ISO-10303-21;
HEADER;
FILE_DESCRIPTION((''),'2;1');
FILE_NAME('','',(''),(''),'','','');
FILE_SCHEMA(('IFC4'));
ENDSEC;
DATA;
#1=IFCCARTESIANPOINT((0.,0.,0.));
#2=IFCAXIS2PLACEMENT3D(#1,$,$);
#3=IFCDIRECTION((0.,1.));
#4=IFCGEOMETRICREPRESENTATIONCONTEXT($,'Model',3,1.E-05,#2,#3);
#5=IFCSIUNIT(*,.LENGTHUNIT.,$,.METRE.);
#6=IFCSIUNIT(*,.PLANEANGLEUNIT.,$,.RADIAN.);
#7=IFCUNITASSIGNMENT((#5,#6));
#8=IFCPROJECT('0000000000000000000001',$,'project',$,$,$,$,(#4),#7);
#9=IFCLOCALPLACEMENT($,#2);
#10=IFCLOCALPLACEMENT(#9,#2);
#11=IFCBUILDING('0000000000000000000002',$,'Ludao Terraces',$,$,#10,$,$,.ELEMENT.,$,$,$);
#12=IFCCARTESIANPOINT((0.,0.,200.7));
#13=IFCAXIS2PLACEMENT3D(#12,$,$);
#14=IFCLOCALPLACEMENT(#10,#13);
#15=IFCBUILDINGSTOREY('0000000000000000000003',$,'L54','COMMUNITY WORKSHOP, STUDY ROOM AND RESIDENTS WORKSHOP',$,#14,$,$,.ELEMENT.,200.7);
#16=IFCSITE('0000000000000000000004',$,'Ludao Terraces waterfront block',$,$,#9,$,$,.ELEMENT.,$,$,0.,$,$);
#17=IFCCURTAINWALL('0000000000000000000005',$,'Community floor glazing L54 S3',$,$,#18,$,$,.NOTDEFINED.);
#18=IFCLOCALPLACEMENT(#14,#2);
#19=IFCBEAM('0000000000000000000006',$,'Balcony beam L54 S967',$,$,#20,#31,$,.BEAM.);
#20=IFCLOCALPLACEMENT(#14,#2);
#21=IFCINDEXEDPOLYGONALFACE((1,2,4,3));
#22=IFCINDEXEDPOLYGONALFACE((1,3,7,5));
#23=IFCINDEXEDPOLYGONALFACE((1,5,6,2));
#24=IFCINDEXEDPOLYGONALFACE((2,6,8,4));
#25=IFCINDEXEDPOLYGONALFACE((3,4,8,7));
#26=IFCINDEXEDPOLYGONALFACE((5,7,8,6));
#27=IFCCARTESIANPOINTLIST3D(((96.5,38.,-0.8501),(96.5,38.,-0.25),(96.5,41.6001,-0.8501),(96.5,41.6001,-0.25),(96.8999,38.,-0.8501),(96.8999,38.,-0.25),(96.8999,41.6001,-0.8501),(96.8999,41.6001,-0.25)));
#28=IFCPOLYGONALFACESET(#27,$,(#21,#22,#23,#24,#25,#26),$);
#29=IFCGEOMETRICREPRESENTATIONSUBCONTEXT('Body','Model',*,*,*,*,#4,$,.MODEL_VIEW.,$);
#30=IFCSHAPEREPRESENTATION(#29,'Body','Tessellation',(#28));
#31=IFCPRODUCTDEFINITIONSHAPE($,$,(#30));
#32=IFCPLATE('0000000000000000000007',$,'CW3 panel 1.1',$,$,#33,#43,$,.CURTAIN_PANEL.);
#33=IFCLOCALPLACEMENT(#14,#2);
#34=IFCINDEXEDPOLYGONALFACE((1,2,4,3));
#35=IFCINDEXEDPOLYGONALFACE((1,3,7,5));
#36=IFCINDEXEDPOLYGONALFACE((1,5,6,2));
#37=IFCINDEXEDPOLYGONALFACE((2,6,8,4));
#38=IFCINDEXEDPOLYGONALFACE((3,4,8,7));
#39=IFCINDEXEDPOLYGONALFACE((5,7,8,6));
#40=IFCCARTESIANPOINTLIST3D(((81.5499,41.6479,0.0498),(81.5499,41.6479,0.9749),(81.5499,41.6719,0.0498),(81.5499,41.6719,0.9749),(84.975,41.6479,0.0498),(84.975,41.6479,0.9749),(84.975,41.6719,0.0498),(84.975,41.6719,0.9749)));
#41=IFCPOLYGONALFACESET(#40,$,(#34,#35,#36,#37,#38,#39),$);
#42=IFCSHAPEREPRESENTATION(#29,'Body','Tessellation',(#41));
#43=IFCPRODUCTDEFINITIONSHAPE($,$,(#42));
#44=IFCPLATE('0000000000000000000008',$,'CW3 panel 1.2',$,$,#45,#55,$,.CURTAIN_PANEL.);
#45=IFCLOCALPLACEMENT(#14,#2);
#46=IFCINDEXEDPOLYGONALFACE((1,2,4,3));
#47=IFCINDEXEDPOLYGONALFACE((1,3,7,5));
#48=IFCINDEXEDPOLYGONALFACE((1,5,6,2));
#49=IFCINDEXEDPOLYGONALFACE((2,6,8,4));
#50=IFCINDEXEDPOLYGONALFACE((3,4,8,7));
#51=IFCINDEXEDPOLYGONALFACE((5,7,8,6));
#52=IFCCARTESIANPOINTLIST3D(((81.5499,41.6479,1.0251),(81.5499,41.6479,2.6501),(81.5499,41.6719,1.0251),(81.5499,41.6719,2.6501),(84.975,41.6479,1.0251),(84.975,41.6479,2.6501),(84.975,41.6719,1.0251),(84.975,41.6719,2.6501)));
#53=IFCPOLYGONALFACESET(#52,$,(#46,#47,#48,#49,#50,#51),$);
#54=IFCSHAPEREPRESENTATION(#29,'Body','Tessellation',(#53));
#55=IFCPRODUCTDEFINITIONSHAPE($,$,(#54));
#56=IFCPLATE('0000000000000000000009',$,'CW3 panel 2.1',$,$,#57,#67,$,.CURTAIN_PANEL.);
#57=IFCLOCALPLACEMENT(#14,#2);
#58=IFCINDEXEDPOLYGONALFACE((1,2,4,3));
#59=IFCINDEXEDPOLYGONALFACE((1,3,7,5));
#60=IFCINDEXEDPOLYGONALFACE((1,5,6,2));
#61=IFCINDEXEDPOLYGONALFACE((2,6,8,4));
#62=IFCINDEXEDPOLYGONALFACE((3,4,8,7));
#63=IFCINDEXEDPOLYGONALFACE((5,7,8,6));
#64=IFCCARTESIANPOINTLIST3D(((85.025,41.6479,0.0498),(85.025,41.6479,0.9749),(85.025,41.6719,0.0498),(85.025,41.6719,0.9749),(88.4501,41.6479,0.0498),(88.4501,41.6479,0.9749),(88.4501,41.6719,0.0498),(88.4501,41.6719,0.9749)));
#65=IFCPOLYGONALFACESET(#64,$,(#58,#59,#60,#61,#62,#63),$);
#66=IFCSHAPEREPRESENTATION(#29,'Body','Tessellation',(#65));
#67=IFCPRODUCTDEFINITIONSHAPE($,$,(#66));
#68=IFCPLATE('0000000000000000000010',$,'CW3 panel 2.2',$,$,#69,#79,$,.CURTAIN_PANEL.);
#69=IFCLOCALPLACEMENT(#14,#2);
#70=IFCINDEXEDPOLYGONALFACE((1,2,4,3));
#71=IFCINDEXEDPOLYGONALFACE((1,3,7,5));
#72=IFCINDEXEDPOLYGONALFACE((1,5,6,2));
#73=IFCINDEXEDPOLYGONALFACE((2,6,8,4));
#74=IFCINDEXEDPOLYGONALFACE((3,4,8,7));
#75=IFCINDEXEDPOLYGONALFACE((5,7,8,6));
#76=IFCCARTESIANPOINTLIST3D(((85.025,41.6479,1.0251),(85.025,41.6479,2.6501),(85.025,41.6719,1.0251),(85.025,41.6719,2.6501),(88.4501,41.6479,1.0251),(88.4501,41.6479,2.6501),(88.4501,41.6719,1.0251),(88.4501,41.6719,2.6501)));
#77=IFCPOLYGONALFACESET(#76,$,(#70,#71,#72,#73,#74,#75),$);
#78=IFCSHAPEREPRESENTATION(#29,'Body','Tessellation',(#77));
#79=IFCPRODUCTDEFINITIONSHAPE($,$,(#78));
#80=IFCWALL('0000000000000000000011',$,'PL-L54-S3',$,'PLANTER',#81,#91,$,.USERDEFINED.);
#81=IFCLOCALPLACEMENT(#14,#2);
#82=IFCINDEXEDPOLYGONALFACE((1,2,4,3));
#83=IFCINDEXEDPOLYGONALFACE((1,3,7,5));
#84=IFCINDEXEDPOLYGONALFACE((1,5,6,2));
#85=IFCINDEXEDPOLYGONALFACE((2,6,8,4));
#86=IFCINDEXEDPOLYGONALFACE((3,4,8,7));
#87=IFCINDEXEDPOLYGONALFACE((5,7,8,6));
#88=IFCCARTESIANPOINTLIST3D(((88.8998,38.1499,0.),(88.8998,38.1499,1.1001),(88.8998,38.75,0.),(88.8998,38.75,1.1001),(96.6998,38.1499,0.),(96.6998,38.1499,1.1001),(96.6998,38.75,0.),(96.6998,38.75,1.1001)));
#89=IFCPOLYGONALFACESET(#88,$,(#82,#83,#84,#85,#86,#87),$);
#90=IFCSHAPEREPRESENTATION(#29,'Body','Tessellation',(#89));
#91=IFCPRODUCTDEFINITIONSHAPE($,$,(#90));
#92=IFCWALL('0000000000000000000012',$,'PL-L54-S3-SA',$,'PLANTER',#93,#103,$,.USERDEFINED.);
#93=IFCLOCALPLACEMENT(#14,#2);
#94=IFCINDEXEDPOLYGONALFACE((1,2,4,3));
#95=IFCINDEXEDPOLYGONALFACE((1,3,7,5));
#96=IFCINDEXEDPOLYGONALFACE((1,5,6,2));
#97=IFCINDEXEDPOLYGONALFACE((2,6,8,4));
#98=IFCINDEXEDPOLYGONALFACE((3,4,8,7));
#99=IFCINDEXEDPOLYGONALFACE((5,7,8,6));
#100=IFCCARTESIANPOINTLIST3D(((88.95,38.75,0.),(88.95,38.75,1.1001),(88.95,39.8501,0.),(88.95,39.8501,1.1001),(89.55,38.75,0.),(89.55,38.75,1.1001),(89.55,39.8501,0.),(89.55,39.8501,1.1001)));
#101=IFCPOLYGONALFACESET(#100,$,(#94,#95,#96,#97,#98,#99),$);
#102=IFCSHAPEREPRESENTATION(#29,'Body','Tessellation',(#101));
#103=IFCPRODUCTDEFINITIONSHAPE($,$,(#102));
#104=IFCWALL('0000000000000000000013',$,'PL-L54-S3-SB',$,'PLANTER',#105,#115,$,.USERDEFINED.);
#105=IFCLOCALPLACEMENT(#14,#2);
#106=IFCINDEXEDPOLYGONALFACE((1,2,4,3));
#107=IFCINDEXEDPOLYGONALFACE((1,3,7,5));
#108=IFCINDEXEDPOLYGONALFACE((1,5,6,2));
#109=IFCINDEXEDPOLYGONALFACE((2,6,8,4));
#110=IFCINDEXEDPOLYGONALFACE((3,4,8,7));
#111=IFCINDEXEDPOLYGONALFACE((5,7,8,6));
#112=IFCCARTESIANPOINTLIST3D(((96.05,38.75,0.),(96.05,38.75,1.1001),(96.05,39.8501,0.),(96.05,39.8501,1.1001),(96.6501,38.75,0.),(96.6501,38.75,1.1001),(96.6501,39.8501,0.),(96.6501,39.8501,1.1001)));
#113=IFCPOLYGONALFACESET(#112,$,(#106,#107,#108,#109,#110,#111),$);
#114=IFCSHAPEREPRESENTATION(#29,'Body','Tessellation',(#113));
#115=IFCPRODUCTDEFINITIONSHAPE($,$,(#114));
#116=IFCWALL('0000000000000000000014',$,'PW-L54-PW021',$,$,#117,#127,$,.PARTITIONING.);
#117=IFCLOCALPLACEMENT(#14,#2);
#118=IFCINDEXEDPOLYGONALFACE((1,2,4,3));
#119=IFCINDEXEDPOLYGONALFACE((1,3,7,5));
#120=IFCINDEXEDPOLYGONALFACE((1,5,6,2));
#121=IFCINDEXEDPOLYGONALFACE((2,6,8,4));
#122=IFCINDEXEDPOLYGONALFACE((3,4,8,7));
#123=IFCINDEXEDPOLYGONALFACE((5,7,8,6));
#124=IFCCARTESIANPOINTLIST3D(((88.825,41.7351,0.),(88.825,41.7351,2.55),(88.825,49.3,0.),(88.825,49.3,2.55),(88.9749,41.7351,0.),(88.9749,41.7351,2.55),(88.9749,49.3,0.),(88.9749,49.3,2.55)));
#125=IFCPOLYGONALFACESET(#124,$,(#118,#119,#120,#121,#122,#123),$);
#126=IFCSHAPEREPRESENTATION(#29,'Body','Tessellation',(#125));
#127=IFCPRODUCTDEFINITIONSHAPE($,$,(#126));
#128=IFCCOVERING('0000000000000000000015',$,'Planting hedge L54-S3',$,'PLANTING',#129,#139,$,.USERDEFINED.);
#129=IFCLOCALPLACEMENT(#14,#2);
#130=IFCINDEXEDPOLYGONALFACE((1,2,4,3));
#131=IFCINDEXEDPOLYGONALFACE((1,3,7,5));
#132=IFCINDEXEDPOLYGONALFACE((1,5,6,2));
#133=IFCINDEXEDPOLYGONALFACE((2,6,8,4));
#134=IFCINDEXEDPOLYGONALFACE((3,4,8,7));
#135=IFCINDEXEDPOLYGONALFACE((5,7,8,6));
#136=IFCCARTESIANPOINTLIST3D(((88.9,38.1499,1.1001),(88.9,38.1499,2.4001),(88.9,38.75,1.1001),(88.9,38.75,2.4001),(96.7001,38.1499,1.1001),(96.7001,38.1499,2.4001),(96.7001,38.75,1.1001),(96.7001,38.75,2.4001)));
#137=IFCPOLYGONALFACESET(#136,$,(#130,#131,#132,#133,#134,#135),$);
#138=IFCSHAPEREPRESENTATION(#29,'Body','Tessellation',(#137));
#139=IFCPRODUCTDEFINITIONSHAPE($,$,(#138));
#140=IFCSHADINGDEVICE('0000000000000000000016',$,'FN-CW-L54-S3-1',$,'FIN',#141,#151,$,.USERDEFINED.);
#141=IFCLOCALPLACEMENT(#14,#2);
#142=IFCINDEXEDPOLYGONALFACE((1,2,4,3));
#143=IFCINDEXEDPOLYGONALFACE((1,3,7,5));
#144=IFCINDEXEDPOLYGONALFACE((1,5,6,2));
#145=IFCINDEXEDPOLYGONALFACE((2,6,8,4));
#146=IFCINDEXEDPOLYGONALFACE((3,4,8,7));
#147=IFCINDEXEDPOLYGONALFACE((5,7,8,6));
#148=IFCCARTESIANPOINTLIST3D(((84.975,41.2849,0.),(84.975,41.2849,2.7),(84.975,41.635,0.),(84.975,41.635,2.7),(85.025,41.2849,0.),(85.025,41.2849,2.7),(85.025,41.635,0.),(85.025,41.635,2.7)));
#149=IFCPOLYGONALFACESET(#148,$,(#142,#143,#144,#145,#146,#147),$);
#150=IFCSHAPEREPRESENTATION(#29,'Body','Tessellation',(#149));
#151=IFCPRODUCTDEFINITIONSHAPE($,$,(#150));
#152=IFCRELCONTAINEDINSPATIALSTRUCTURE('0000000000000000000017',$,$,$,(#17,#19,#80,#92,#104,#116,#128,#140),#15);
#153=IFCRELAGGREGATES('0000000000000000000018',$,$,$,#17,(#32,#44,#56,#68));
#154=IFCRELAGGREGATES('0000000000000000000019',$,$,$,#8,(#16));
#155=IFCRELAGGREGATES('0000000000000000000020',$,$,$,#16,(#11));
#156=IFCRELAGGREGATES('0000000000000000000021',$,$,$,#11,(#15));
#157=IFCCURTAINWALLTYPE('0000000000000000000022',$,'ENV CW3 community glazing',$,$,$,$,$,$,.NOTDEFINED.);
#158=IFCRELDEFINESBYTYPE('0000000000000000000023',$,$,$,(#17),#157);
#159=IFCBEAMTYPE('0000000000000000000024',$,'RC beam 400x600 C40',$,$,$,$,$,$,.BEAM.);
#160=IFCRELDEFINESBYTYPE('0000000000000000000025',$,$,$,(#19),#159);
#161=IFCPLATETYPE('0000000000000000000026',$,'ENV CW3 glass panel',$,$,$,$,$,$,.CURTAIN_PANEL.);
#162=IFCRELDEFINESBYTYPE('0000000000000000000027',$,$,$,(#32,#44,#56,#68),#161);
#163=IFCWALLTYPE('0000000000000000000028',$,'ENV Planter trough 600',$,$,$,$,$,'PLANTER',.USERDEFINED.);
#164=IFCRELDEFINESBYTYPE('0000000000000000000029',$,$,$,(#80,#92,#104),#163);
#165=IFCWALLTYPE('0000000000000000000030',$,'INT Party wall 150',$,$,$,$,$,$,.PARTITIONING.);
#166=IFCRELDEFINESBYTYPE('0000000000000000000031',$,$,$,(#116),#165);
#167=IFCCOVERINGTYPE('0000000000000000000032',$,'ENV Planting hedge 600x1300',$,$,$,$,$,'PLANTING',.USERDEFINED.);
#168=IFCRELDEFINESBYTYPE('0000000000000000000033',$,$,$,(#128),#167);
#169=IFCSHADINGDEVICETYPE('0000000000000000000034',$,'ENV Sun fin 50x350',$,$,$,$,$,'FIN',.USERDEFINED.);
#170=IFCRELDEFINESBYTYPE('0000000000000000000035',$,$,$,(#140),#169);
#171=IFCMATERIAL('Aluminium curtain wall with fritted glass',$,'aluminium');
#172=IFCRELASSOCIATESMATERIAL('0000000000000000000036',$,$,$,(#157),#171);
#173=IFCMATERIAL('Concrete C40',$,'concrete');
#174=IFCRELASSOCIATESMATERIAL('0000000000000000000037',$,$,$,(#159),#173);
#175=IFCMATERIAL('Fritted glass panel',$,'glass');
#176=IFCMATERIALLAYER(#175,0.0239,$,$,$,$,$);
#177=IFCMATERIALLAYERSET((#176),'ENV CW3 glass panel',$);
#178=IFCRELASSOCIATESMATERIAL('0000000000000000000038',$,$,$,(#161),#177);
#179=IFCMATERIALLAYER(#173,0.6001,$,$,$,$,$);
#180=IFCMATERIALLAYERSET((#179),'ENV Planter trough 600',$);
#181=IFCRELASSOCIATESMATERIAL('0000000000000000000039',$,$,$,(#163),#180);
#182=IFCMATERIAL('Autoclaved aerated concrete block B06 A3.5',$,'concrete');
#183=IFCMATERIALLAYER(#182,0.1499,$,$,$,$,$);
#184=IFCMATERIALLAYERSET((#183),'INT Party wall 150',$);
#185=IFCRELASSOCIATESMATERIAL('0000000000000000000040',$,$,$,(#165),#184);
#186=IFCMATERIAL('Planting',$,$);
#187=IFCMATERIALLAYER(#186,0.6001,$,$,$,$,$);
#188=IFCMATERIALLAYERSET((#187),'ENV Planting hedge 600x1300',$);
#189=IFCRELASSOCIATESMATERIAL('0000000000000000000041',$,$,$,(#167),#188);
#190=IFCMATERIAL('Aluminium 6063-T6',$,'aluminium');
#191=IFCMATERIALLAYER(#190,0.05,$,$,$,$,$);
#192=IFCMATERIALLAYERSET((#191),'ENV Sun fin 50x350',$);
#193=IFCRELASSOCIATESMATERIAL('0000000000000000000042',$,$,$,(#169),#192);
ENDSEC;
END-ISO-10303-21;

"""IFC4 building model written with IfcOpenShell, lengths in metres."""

from ifc_helpers import new_model, si_unit, direction, frame, frame_2d, origin, origin_2d, place, context, subcontext, project, spatial, rectangle, extrude, material, layer, layer_set, material_profile, profile_set, type_object, element, aggregate, save


model = new_model("IFC4")

# Units and contexts
model_context = context("Model", 3, precision=1e-05, world=origin(), true_north=direction((0.0, 1.0)))
body_context = subcontext(model_context, "Body", "Model", "MODEL_VIEW")
ifc_project = project(units=[si_unit("LENGTHUNIT", "METRE"), si_unit("PLANEANGLEUNIT", "RADIAN")], contexts=[model_context])

# Site, building, storey
site_placement = place(None, origin())
site = spatial("IfcSite", under=ifc_project, at=site_placement, Name="Ludao Terraces waterfront block", CompositionType="ELEMENT", RefElevation=0.0)
building_placement = place(site_placement, origin())
building = spatial("IfcBuilding", under=site, at=building_placement, Name="Ludao Terraces", CompositionType="ELEMENT")
storey_placement = place(building_placement, frame((0.0, 0.0, 200.7)))
storey = spatial("IfcBuildingStorey", under=building, at=storey_placement, Name="L54", Description="COMMUNITY WORKSHOP, STUDY ROOM AND RESIDENTS WORKSHOP", CompositionType="ELEMENT", Elevation=200.7)

# Curtain wall
ifc_material_1 = material(Name="Aluminium curtain wall with fritted glass", Category="aluminium")
curtain_wall_type = type_object("IfcCurtainWallType", Name="ENV CW3 community glazing", PredefinedType="NOTDEFINED", material=ifc_material_1)
curtain_wall_1_placement = place(storey_placement, origin())
curtain_wall_1 = element("IfcCurtainWall", 1, at=curtain_wall_1_placement, inside=storey, type_object=curtain_wall_type, Name="Community floor glazing L54 S3", PredefinedType="NOTDEFINED")
ifc_material_2 = material(Name="Aluminium 6063-T6", Category="aluminium")

# Beam
ifc_material_3 = material(Name="Concrete C40", Category="concrete")
ifc_material_profile_1 = material_profile(ifc_material_3, rectangle(XDim=0.3999, YDim=0.6001, at=origin_2d()), Name="400 X 600")
ifc_profile_set_1 = profile_set([ifc_material_profile_1], Name="Concrete C40")
beam_type_1 = type_object("IfcBeamType", Name="RC beam 400x600 C40", PredefinedType="BEAM", material=ifc_profile_set_1)
for number, where, z_axis, x_axis, name in (
    (2, (96.7, 41.6001, -0.55), (0.0, -1.0, 0.0), (1.0, 0.0, 0.0), "Balcony beam L54 S967"),
):
    element("IfcBeam", number, at=place(storey_placement, frame(where, z_axis=z_axis, x_axis=x_axis)), inside=storey, type_object=beam_type_1, Name=name, PredefinedType="BEAM", context=body_context, shape_type="SweptSolid", body=[
        extrude(rectangle(XDim=0.3999, YDim=0.6001, at=origin_2d()), origin(), (0.0, 0.0, 1.0), 3.6001),
    ])

# Plates
ifc_material_4 = material(Name="Fritted glass panel", Category="glass")
ifc_layer_1 = layer(ifc_material_4, 0.0239)
ifc_layer_set_1 = layer_set([ifc_layer_1], Name="ENV CW3 glass panel")
plate_type = type_object("IfcPlateType", Name="ENV CW3 glass panel", PredefinedType="CURTAIN_PANEL", material=ifc_layer_set_1)
plate_1_placement = place(storey_placement, frame((83.2625, 41.6599, 0.0498), z_axis=(0.0, 0.0, 1.0), x_axis=(1.0, 0.0, 0.0)))
plate_1 = element("IfcPlate", 3, at=plate_1_placement, type_object=plate_type, Name="CW3 panel 1.1", PredefinedType="CURTAIN_PANEL", context=body_context, shape_type="SweptSolid", body=[
    extrude(rectangle(XDim=3.425, YDim=0.0239, at=origin_2d()), origin(), (0.0, 0.0, 1.0), 0.925),
])
plate_2_placement = place(storey_placement, frame((83.2625, 41.6599, 1.0251), z_axis=(0.0, 0.0, 1.0), x_axis=(1.0, 0.0, 0.0)))
plate_2 = element("IfcPlate", 4, at=plate_2_placement, type_object=plate_type, Name="CW3 panel 1.2", PredefinedType="CURTAIN_PANEL", context=body_context, shape_type="SweptSolid", body=[
    extrude(rectangle(XDim=3.425, YDim=0.0239, at=origin_2d()), origin(), (0.0, 0.0, 1.0), 1.625),
])
plate_3_placement = place(storey_placement, frame((86.7375, 41.6599, 0.0498), z_axis=(0.0, 0.0, 1.0), x_axis=(1.0, 0.0, 0.0)))
plate_3 = element("IfcPlate", 5, at=plate_3_placement, type_object=plate_type, Name="CW3 panel 2.1", PredefinedType="CURTAIN_PANEL", context=body_context, shape_type="SweptSolid", body=[
    extrude(rectangle(XDim=3.425, YDim=0.0239, at=origin_2d()), origin(), (0.0, 0.0, 1.0), 0.925),
])
plate_4_placement = place(storey_placement, frame((86.7375, 41.6599, 1.0251), z_axis=(0.0, 0.0, 1.0), x_axis=(1.0, 0.0, 0.0)))
plate_4 = element("IfcPlate", 6, at=plate_4_placement, type_object=plate_type, Name="CW3 panel 2.2", PredefinedType="CURTAIN_PANEL", context=body_context, shape_type="SweptSolid", body=[
    extrude(rectangle(XDim=3.425, YDim=0.0239, at=origin_2d()), origin(), (0.0, 0.0, 1.0), 1.625),
])
aggregate(curtain_wall_1, [plate_1, plate_2, plate_3, plate_4])

# Walls
ifc_layer_2 = layer(ifc_material_3, 0.6001)
ifc_layer_set_2 = layer_set([ifc_layer_2], Name="ENV Planter trough 600")
wall_type_1 = type_object("IfcWallType", Name="ENV Planter trough 600", ElementType="PLANTER", PredefinedType="USERDEFINED", material=ifc_layer_set_2)
wall_1_placement = place(storey_placement, frame((88.8999, 38.45, 0.0), z_axis=(0.0, 0.0, 1.0), x_axis=(1.0, 0.0, 0.0)))
element("IfcWall", 7, at=wall_1_placement, inside=storey, type_object=wall_type_1, Name="PL-L54-S3", ObjectType="PLANTER", PredefinedType="USERDEFINED", context=body_context, shape_type="SweptSolid", body=[
    extrude(rectangle(XDim=7.8, YDim=0.6001, at=frame_2d((3.8999, 0.0))), origin(), (0.0, 0.0, 1.0), 1.1001),
])
for number, where, z_axis, x_axis, name in (
    (8, (89.25, 38.75, 0.0), (0.0, 0.0, 1.0), (0.0, 1.0, 0.0), "PL-L54-S3-SA"),
    (9, (96.3501, 38.75, 0.0), (0.0, 0.0, 1.0), (0.0, 1.0, 0.0), "PL-L54-S3-SB"),
):
    element("IfcWall", number, at=place(storey_placement, frame(where, z_axis=z_axis, x_axis=x_axis)), inside=storey, type_object=wall_type_1, Name=name, ObjectType="PLANTER", PredefinedType="USERDEFINED", context=body_context, shape_type="SweptSolid", body=[
        extrude(rectangle(XDim=1.1001, YDim=0.6001, at=frame_2d((0.55, 0.0))), origin(), (0.0, 0.0, 1.0), 1.1001),
    ])
ifc_material_5 = material(Name="Autoclaved aerated concrete block B06 A3.5", Category="concrete")
ifc_layer_3 = layer(ifc_material_5, 0.1499)
ifc_layer_set_3 = layer_set([ifc_layer_3], Name="INT Party wall 150")
wall_type_2 = type_object("IfcWallType", Name="INT Party wall 150", PredefinedType="PARTITIONING", material=ifc_layer_set_3)
wall_2_placement = place(storey_placement, frame((88.8999, 41.7351, 0.0), z_axis=(0.0, 0.0, 1.0), x_axis=(0.0, 1.0, 0.0)))
element("IfcWall", 10, at=wall_2_placement, inside=storey, type_object=wall_type_2, Name="PW-L54-PW021", PredefinedType="PARTITIONING", context=body_context, shape_type="SweptSolid", body=[
    extrude(rectangle(XDim=7.5649, YDim=0.1499, at=frame_2d((3.7825, 0.0))), origin(), (0.0, 0.0, 1.0), 2.55),
])

# Covering
ifc_material_6 = material(Name="Planting")
ifc_layer_4 = layer(ifc_material_6, 0.6001)
ifc_layer_set_4 = layer_set([ifc_layer_4], Name="ENV Planting hedge 600x1300")
covering_type = type_object("IfcCoveringType", Name="ENV Planting hedge 600x1300", ElementType="PLANTING", PredefinedType="USERDEFINED", material=ifc_layer_set_4)
covering_placement = place(storey_placement, frame((92.8, 38.45, 1.1001), z_axis=(0.0, 0.0, 1.0), x_axis=(1.0, 0.0, 0.0)))
element("IfcCovering", 11, at=covering_placement, inside=storey, type_object=covering_type, Name="Planting hedge L54-S3", ObjectType="PLANTING", PredefinedType="USERDEFINED", context=body_context, shape_type="SweptSolid", body=[
    extrude(rectangle(XDim=7.8, YDim=0.6001, at=origin_2d()), origin(), (0.0, 0.0, 1.0), 1.3),
])

# Shading device
ifc_layer_5 = layer(ifc_material_2, 0.05)
ifc_layer_set_5 = layer_set([ifc_layer_5], Name="ENV Sun fin 50x350")
shading_device_type = type_object("IfcShadingDeviceType", Name="ENV Sun fin 50x350", ElementType="FIN", PredefinedType="USERDEFINED", material=ifc_layer_set_5)
shading_device_placement = place(storey_placement, frame((85.0, 41.46, 0.0), z_axis=(0.0, 0.0, 1.0), x_axis=(1.0, 0.0, 0.0)))
element("IfcShadingDevice", 12, at=shading_device_placement, inside=storey, type_object=shading_device_type, Name="FN-CW-L54-S3-1", ObjectType="FIN", PredefinedType="USERDEFINED", context=body_context, shape_type="SweptSolid", body=[
    extrude(rectangle(XDim=0.05, YDim=0.3501, at=origin_2d()), origin(), (0.0, 0.0, 1.0), 2.7),
])

save(model, "model.ifc")
